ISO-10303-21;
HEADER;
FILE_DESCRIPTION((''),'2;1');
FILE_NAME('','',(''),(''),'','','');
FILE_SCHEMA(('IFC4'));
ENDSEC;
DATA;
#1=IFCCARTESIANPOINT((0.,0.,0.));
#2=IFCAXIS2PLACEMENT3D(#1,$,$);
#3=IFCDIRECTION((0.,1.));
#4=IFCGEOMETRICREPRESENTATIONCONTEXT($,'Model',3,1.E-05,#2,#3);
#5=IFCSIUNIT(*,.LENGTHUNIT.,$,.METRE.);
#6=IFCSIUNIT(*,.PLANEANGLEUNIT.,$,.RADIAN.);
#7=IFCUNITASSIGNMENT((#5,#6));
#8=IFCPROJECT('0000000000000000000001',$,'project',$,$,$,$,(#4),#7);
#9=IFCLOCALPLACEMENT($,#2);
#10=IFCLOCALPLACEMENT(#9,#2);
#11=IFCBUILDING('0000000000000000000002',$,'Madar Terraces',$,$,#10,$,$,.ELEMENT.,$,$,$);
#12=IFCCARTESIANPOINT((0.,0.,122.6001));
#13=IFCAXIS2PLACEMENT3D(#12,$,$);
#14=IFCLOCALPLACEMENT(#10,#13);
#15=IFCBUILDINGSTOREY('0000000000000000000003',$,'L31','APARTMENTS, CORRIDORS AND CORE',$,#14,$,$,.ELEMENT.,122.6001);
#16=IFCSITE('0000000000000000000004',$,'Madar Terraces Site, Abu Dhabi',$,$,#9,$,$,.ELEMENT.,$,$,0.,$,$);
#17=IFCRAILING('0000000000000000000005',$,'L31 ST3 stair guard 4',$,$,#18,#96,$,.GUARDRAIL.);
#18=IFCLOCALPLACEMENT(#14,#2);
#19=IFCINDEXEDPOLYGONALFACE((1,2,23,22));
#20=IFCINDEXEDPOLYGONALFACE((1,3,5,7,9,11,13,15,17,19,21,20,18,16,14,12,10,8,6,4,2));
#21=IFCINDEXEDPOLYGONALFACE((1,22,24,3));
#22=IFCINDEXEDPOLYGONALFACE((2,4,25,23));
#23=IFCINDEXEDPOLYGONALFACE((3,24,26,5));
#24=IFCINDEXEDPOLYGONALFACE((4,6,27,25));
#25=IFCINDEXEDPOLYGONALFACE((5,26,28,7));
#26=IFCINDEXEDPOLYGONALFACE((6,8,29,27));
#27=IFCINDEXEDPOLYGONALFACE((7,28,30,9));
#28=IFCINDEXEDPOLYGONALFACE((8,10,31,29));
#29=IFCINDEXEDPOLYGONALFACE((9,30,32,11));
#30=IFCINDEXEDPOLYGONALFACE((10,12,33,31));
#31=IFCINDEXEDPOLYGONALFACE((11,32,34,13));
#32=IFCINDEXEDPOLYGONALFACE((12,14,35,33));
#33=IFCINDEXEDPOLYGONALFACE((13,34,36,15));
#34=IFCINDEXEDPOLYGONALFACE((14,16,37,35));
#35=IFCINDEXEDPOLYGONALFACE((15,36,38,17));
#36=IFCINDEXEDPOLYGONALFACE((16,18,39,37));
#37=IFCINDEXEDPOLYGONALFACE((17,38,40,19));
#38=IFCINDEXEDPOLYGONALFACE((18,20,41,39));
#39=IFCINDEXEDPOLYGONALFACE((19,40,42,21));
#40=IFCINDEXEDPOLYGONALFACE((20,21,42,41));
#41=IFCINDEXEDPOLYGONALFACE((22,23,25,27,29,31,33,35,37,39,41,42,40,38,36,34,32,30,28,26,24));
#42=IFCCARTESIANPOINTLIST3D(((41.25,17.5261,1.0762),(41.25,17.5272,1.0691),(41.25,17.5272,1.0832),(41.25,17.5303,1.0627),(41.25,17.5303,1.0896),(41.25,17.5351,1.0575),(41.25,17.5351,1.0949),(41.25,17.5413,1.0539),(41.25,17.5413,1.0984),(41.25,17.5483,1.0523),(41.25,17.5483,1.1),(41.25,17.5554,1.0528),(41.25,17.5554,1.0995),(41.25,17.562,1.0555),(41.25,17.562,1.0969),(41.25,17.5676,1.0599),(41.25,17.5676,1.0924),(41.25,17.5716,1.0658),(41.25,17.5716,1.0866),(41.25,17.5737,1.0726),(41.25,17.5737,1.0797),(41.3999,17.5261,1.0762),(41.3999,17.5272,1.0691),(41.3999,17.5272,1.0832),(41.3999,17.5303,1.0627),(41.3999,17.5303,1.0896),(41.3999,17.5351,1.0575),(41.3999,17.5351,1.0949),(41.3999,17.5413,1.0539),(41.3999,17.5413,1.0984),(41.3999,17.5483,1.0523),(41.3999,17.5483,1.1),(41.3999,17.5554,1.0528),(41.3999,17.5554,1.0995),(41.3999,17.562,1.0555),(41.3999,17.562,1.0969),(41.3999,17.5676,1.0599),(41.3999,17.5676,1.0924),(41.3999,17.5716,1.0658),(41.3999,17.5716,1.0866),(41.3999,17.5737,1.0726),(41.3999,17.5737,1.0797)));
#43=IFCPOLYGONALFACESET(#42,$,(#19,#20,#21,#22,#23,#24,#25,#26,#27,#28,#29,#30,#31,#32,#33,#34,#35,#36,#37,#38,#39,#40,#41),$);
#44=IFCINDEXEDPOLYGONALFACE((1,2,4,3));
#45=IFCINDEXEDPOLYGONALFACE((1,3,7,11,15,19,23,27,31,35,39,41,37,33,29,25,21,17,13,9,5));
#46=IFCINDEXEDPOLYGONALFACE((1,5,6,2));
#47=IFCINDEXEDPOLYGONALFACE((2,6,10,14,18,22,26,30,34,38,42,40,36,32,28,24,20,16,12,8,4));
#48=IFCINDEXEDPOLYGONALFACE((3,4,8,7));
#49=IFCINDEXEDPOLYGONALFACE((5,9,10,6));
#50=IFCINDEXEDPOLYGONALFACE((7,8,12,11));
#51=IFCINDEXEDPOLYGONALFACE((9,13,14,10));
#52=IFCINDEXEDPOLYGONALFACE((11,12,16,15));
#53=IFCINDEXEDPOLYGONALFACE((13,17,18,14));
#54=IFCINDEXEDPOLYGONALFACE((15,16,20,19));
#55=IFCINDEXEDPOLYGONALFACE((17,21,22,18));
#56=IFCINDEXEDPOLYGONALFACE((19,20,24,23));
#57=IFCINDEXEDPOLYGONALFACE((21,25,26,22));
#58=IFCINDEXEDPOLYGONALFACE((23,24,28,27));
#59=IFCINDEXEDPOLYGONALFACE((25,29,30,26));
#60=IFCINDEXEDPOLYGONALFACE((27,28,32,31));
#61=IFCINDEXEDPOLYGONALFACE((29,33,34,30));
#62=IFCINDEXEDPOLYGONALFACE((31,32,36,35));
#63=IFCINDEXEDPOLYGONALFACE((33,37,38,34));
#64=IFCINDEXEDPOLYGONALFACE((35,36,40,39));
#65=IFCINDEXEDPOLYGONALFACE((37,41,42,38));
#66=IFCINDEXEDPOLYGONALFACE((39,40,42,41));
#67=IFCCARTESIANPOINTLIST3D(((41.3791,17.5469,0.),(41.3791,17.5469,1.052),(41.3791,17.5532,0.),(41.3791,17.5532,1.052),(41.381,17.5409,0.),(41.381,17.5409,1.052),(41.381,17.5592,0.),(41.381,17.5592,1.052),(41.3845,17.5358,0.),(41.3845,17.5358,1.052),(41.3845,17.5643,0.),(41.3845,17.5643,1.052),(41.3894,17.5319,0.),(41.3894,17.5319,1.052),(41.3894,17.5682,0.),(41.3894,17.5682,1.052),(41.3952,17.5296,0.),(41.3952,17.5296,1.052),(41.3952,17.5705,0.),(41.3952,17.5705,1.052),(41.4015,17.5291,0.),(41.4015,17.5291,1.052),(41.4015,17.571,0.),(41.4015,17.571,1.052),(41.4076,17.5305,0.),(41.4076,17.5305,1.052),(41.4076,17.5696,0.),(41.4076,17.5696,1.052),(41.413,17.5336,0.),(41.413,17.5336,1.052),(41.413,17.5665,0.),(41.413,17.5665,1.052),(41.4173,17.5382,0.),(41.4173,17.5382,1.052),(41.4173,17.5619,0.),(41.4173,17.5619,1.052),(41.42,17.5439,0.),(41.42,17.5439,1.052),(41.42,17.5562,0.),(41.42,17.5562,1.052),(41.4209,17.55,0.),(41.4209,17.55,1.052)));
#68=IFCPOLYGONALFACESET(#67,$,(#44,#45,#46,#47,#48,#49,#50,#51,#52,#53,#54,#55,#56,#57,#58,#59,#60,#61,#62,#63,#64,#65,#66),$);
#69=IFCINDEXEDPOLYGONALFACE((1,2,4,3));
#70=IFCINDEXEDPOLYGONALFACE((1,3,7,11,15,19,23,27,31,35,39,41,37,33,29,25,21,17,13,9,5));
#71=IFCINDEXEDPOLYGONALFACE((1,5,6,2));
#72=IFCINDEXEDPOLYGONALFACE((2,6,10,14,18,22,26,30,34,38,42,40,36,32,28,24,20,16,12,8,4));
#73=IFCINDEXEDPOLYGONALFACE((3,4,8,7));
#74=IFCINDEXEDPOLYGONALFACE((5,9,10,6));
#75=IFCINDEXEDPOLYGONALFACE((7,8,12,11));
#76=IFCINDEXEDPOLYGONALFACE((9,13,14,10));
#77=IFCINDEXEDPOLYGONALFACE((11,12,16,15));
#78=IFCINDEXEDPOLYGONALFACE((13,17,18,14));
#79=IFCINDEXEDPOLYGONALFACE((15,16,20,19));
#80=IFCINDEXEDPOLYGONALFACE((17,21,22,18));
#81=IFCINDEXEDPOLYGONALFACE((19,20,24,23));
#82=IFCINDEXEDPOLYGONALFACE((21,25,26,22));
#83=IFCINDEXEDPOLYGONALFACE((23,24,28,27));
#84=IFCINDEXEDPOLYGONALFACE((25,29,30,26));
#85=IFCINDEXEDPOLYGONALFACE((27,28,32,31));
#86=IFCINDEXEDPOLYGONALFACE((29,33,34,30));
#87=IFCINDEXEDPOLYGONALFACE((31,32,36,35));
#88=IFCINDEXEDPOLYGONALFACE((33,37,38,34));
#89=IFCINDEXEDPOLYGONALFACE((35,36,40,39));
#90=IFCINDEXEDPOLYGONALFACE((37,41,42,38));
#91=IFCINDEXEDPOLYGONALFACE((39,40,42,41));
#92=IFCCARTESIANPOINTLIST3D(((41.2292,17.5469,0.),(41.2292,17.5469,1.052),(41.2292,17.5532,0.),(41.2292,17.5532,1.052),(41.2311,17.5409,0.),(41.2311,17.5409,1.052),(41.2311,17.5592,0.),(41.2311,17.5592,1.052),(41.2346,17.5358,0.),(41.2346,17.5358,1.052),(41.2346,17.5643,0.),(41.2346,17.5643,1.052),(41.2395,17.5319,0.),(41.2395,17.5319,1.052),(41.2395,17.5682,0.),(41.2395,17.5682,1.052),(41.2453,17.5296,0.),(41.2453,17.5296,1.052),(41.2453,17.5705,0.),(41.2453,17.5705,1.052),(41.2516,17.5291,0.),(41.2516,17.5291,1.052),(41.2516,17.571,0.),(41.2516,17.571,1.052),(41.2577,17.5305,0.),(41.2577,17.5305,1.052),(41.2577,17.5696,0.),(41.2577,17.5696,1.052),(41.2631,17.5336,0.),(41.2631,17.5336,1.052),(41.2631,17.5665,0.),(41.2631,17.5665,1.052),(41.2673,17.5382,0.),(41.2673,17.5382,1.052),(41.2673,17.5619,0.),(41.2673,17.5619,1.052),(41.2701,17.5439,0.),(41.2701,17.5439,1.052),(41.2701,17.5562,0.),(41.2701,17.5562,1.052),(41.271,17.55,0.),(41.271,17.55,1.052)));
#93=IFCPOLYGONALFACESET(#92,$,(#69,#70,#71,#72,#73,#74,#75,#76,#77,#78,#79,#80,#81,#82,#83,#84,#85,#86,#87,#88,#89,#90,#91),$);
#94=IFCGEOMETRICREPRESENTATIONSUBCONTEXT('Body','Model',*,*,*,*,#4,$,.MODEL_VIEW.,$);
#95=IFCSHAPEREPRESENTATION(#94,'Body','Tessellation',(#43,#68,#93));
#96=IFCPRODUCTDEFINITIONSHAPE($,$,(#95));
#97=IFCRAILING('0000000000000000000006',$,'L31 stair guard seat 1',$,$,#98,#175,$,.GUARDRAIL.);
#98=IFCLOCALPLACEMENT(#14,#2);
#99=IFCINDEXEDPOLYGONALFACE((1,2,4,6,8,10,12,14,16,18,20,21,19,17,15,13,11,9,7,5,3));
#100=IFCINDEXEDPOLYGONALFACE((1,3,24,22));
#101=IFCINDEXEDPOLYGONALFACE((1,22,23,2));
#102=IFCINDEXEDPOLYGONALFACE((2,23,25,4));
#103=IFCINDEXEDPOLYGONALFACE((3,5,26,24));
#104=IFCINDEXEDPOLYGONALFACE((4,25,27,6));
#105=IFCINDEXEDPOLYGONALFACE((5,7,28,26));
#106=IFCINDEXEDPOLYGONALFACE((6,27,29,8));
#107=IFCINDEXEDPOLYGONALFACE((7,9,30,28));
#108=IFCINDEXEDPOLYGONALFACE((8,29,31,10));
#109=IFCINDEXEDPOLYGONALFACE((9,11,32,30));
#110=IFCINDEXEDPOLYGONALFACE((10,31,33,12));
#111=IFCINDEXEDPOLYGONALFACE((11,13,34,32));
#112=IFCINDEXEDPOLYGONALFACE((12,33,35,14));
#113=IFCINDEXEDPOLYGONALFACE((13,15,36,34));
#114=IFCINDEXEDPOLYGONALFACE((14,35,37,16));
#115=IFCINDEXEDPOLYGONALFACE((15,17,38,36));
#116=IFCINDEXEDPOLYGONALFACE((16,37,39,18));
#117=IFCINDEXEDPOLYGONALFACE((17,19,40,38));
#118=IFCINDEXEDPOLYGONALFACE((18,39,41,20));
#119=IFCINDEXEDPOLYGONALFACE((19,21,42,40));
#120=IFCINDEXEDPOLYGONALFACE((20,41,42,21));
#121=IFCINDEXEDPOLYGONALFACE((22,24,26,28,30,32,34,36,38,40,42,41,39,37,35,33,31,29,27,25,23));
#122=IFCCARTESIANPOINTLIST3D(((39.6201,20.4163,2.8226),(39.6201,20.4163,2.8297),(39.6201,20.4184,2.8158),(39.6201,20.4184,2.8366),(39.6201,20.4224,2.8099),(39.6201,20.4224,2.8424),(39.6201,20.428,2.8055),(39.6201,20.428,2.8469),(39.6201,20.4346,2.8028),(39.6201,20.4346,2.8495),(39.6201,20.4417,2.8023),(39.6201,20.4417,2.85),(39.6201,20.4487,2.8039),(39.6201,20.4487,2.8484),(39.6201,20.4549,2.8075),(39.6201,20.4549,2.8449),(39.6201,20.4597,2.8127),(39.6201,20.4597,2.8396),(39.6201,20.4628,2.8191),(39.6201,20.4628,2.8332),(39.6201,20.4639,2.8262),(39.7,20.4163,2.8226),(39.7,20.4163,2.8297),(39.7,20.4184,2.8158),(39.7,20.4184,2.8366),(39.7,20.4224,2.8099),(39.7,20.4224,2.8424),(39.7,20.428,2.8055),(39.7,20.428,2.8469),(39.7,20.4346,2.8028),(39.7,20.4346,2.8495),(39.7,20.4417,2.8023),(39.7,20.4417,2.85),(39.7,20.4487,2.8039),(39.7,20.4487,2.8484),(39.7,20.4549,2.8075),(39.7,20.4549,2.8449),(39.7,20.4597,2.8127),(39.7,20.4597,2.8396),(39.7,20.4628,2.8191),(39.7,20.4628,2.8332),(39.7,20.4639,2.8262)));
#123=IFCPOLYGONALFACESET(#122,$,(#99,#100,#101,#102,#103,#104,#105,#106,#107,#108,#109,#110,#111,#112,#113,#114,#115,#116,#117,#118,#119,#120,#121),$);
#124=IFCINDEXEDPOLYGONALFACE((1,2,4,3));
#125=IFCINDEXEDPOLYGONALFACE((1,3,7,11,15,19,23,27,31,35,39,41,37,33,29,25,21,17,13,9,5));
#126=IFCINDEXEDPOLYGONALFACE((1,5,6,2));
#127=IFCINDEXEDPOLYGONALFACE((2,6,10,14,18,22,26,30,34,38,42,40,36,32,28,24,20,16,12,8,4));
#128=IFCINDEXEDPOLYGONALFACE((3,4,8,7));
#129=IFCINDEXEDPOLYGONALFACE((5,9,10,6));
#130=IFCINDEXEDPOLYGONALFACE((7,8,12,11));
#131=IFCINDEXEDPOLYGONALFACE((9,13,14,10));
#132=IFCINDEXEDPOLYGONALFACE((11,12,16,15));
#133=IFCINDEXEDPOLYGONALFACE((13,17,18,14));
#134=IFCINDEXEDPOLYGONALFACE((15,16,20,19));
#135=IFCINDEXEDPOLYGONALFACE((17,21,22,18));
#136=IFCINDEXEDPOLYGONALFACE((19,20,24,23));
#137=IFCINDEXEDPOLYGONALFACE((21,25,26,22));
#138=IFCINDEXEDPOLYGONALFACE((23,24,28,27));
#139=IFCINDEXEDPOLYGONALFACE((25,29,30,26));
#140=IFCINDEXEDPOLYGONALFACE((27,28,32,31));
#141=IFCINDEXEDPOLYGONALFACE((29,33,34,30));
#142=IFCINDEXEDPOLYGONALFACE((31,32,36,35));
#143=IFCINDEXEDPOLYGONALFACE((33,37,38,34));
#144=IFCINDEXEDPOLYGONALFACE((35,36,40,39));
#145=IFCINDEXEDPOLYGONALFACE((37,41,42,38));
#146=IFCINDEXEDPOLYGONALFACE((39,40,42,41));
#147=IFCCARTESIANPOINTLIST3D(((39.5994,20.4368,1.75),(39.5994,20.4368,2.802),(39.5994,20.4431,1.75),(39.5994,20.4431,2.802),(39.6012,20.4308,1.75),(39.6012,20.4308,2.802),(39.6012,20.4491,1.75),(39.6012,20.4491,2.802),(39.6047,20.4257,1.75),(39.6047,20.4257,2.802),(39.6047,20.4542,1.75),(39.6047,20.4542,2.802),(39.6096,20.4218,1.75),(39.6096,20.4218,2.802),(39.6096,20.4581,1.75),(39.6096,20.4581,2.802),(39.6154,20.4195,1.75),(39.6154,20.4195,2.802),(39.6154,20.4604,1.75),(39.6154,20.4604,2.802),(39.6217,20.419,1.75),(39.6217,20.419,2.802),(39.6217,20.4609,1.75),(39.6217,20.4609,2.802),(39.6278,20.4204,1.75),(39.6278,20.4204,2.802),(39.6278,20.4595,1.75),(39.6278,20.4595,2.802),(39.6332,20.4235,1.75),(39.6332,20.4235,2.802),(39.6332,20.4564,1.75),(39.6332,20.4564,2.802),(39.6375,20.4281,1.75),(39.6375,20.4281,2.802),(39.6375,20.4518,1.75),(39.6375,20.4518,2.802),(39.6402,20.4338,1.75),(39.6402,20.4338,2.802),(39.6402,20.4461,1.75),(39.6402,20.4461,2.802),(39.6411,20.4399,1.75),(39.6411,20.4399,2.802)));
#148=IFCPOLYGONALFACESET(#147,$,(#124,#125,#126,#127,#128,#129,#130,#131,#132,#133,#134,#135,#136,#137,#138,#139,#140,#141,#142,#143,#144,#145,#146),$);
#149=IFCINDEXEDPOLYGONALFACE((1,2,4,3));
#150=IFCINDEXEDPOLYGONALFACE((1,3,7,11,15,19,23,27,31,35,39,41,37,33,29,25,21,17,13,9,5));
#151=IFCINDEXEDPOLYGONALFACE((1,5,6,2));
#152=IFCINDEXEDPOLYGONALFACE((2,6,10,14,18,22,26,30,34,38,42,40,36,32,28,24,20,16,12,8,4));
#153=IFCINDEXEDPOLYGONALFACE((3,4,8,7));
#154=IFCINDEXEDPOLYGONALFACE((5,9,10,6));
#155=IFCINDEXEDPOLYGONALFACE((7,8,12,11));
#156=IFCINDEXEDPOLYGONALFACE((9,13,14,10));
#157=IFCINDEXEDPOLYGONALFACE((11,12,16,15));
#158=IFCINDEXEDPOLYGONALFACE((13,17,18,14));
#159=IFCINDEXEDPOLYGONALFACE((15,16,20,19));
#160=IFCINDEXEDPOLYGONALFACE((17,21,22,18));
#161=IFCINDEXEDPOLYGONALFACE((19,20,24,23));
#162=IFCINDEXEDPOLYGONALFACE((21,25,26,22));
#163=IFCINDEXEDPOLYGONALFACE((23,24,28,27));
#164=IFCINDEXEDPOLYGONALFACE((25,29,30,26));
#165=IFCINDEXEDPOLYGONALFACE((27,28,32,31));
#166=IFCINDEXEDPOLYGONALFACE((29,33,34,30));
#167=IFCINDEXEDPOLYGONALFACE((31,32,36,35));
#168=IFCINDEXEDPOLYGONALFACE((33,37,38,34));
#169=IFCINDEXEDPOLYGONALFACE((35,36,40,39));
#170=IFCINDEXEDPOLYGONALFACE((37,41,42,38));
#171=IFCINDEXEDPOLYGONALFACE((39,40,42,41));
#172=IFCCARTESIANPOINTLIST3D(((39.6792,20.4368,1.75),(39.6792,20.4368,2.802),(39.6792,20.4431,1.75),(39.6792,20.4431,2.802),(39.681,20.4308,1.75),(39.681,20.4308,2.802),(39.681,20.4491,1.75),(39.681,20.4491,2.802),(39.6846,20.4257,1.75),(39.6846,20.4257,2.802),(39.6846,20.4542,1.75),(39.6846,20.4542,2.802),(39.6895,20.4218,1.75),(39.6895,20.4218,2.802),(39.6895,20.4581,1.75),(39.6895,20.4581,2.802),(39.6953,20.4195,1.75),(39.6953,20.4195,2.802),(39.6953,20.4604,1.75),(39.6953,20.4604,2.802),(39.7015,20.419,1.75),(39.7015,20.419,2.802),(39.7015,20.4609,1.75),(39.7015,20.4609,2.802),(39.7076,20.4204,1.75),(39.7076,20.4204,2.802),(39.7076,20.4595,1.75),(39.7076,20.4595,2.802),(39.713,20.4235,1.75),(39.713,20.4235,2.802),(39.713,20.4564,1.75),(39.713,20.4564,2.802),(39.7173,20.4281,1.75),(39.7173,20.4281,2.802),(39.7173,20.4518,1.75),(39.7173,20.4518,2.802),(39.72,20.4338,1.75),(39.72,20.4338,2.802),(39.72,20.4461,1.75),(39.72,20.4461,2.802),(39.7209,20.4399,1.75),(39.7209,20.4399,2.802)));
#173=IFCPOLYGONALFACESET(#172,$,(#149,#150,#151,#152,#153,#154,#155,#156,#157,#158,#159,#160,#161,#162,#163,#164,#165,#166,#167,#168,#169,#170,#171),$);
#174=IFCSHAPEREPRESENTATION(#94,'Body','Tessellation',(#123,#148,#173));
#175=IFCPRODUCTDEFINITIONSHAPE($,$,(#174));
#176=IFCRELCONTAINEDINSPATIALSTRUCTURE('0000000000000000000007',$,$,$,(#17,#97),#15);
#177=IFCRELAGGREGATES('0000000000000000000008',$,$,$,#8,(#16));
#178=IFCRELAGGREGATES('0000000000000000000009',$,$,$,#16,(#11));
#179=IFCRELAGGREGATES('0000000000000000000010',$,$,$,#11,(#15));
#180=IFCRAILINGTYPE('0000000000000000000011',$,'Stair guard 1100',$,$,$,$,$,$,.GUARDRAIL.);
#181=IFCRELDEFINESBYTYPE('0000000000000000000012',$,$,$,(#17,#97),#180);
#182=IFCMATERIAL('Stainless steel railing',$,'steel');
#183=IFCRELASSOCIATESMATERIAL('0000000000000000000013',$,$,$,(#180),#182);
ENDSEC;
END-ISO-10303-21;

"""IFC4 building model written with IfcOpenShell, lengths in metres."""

from ifc_helpers import new_model, si_unit, direction, frame, origin, origin_2d, place, context, subcontext, project, spatial, circle, extrude, material, type_object, element, save


model = new_model("IFC4")

# Units and contexts
model_context = context("Model", 3, precision=1e-05, world=origin(), true_north=direction((0.0, 1.0)))
body_context = subcontext(model_context, "Body", "Model", "MODEL_VIEW")
ifc_project = project(units=[si_unit("LENGTHUNIT", "METRE"), si_unit("PLANEANGLEUNIT", "RADIAN")], contexts=[model_context])

# Site, building, storey
site_placement = place(None, origin())
site = spatial("IfcSite", under=ifc_project, at=site_placement, Name="Madar Terraces Site, Abu Dhabi", CompositionType="ELEMENT", RefElevation=0.0)
building_placement = place(site_placement, origin())
building = spatial("IfcBuilding", under=site, at=building_placement, Name="Madar Terraces", CompositionType="ELEMENT")
storey_placement = place(building_placement, frame((0.0, 0.0, 122.6001)))
storey = spatial("IfcBuildingStorey", under=building, at=storey_placement, Name="L31", Description="APARTMENTS, CORRIDORS AND CORE", CompositionType="ELEMENT", Elevation=122.6001)

# Railings
ifc_material_1 = material(Name="Stainless steel railing", Category="steel")
railing_type_1 = type_object("IfcRailingType", Name="Stair guard 1100", PredefinedType="GUARDRAIL", material=ifc_material_1)
railing_1_placement = place(storey_placement, frame((41.3999, 17.55, 0.0)))
element("IfcRailing", 1, at=railing_1_placement, inside=storey, type_object=railing_type_1, Name="L31 ST3 stair guard 4", PredefinedType="GUARDRAIL", context=body_context, shape_type="SweptSolid", body=[
    extrude(circle(Radius=0.0239, at=origin_2d()), frame((0.0, 0.0, 1.0762), z_axis=(-1.0, 0.0, 0.0), x_axis=(0.0, -1.0, 0.0)), (0.0, 0.0, 1.0), 0.1499),
    extrude(circle(Radius=0.021, at=origin_2d()), origin(), (0.0, 0.0, 1.0), 1.052),
    extrude(circle(Radius=0.021, at=origin_2d()), frame((-0.1499, 0.0, 0.0)), (0.0, 0.0, 1.0), 1.052),
])
railing_2_placement = place(storey_placement, frame((39.6201, 20.4399, 1.75)))
element("IfcRailing", 2, at=railing_2_placement, inside=storey, type_object=railing_type_1, Name="L31 stair guard seat 1", PredefinedType="GUARDRAIL", context=body_context, shape_type="SweptSolid", body=[
    extrude(circle(Radius=0.0239, at=origin_2d()), frame((0.0, 0.0, 1.0762), z_axis=(1.0, 0.0, 0.0), x_axis=(0.0, 1.0, 0.0)), (0.0, 0.0, 1.0), 0.0798),
    extrude(circle(Radius=0.021, at=origin_2d()), origin(), (0.0, 0.0, 1.0), 1.052),
    extrude(circle(Radius=0.021, at=origin_2d()), frame((0.0798, 0.0, 0.0)), (0.0, 0.0, 1.0), 1.052),
])

save(model, "model.ifc")
